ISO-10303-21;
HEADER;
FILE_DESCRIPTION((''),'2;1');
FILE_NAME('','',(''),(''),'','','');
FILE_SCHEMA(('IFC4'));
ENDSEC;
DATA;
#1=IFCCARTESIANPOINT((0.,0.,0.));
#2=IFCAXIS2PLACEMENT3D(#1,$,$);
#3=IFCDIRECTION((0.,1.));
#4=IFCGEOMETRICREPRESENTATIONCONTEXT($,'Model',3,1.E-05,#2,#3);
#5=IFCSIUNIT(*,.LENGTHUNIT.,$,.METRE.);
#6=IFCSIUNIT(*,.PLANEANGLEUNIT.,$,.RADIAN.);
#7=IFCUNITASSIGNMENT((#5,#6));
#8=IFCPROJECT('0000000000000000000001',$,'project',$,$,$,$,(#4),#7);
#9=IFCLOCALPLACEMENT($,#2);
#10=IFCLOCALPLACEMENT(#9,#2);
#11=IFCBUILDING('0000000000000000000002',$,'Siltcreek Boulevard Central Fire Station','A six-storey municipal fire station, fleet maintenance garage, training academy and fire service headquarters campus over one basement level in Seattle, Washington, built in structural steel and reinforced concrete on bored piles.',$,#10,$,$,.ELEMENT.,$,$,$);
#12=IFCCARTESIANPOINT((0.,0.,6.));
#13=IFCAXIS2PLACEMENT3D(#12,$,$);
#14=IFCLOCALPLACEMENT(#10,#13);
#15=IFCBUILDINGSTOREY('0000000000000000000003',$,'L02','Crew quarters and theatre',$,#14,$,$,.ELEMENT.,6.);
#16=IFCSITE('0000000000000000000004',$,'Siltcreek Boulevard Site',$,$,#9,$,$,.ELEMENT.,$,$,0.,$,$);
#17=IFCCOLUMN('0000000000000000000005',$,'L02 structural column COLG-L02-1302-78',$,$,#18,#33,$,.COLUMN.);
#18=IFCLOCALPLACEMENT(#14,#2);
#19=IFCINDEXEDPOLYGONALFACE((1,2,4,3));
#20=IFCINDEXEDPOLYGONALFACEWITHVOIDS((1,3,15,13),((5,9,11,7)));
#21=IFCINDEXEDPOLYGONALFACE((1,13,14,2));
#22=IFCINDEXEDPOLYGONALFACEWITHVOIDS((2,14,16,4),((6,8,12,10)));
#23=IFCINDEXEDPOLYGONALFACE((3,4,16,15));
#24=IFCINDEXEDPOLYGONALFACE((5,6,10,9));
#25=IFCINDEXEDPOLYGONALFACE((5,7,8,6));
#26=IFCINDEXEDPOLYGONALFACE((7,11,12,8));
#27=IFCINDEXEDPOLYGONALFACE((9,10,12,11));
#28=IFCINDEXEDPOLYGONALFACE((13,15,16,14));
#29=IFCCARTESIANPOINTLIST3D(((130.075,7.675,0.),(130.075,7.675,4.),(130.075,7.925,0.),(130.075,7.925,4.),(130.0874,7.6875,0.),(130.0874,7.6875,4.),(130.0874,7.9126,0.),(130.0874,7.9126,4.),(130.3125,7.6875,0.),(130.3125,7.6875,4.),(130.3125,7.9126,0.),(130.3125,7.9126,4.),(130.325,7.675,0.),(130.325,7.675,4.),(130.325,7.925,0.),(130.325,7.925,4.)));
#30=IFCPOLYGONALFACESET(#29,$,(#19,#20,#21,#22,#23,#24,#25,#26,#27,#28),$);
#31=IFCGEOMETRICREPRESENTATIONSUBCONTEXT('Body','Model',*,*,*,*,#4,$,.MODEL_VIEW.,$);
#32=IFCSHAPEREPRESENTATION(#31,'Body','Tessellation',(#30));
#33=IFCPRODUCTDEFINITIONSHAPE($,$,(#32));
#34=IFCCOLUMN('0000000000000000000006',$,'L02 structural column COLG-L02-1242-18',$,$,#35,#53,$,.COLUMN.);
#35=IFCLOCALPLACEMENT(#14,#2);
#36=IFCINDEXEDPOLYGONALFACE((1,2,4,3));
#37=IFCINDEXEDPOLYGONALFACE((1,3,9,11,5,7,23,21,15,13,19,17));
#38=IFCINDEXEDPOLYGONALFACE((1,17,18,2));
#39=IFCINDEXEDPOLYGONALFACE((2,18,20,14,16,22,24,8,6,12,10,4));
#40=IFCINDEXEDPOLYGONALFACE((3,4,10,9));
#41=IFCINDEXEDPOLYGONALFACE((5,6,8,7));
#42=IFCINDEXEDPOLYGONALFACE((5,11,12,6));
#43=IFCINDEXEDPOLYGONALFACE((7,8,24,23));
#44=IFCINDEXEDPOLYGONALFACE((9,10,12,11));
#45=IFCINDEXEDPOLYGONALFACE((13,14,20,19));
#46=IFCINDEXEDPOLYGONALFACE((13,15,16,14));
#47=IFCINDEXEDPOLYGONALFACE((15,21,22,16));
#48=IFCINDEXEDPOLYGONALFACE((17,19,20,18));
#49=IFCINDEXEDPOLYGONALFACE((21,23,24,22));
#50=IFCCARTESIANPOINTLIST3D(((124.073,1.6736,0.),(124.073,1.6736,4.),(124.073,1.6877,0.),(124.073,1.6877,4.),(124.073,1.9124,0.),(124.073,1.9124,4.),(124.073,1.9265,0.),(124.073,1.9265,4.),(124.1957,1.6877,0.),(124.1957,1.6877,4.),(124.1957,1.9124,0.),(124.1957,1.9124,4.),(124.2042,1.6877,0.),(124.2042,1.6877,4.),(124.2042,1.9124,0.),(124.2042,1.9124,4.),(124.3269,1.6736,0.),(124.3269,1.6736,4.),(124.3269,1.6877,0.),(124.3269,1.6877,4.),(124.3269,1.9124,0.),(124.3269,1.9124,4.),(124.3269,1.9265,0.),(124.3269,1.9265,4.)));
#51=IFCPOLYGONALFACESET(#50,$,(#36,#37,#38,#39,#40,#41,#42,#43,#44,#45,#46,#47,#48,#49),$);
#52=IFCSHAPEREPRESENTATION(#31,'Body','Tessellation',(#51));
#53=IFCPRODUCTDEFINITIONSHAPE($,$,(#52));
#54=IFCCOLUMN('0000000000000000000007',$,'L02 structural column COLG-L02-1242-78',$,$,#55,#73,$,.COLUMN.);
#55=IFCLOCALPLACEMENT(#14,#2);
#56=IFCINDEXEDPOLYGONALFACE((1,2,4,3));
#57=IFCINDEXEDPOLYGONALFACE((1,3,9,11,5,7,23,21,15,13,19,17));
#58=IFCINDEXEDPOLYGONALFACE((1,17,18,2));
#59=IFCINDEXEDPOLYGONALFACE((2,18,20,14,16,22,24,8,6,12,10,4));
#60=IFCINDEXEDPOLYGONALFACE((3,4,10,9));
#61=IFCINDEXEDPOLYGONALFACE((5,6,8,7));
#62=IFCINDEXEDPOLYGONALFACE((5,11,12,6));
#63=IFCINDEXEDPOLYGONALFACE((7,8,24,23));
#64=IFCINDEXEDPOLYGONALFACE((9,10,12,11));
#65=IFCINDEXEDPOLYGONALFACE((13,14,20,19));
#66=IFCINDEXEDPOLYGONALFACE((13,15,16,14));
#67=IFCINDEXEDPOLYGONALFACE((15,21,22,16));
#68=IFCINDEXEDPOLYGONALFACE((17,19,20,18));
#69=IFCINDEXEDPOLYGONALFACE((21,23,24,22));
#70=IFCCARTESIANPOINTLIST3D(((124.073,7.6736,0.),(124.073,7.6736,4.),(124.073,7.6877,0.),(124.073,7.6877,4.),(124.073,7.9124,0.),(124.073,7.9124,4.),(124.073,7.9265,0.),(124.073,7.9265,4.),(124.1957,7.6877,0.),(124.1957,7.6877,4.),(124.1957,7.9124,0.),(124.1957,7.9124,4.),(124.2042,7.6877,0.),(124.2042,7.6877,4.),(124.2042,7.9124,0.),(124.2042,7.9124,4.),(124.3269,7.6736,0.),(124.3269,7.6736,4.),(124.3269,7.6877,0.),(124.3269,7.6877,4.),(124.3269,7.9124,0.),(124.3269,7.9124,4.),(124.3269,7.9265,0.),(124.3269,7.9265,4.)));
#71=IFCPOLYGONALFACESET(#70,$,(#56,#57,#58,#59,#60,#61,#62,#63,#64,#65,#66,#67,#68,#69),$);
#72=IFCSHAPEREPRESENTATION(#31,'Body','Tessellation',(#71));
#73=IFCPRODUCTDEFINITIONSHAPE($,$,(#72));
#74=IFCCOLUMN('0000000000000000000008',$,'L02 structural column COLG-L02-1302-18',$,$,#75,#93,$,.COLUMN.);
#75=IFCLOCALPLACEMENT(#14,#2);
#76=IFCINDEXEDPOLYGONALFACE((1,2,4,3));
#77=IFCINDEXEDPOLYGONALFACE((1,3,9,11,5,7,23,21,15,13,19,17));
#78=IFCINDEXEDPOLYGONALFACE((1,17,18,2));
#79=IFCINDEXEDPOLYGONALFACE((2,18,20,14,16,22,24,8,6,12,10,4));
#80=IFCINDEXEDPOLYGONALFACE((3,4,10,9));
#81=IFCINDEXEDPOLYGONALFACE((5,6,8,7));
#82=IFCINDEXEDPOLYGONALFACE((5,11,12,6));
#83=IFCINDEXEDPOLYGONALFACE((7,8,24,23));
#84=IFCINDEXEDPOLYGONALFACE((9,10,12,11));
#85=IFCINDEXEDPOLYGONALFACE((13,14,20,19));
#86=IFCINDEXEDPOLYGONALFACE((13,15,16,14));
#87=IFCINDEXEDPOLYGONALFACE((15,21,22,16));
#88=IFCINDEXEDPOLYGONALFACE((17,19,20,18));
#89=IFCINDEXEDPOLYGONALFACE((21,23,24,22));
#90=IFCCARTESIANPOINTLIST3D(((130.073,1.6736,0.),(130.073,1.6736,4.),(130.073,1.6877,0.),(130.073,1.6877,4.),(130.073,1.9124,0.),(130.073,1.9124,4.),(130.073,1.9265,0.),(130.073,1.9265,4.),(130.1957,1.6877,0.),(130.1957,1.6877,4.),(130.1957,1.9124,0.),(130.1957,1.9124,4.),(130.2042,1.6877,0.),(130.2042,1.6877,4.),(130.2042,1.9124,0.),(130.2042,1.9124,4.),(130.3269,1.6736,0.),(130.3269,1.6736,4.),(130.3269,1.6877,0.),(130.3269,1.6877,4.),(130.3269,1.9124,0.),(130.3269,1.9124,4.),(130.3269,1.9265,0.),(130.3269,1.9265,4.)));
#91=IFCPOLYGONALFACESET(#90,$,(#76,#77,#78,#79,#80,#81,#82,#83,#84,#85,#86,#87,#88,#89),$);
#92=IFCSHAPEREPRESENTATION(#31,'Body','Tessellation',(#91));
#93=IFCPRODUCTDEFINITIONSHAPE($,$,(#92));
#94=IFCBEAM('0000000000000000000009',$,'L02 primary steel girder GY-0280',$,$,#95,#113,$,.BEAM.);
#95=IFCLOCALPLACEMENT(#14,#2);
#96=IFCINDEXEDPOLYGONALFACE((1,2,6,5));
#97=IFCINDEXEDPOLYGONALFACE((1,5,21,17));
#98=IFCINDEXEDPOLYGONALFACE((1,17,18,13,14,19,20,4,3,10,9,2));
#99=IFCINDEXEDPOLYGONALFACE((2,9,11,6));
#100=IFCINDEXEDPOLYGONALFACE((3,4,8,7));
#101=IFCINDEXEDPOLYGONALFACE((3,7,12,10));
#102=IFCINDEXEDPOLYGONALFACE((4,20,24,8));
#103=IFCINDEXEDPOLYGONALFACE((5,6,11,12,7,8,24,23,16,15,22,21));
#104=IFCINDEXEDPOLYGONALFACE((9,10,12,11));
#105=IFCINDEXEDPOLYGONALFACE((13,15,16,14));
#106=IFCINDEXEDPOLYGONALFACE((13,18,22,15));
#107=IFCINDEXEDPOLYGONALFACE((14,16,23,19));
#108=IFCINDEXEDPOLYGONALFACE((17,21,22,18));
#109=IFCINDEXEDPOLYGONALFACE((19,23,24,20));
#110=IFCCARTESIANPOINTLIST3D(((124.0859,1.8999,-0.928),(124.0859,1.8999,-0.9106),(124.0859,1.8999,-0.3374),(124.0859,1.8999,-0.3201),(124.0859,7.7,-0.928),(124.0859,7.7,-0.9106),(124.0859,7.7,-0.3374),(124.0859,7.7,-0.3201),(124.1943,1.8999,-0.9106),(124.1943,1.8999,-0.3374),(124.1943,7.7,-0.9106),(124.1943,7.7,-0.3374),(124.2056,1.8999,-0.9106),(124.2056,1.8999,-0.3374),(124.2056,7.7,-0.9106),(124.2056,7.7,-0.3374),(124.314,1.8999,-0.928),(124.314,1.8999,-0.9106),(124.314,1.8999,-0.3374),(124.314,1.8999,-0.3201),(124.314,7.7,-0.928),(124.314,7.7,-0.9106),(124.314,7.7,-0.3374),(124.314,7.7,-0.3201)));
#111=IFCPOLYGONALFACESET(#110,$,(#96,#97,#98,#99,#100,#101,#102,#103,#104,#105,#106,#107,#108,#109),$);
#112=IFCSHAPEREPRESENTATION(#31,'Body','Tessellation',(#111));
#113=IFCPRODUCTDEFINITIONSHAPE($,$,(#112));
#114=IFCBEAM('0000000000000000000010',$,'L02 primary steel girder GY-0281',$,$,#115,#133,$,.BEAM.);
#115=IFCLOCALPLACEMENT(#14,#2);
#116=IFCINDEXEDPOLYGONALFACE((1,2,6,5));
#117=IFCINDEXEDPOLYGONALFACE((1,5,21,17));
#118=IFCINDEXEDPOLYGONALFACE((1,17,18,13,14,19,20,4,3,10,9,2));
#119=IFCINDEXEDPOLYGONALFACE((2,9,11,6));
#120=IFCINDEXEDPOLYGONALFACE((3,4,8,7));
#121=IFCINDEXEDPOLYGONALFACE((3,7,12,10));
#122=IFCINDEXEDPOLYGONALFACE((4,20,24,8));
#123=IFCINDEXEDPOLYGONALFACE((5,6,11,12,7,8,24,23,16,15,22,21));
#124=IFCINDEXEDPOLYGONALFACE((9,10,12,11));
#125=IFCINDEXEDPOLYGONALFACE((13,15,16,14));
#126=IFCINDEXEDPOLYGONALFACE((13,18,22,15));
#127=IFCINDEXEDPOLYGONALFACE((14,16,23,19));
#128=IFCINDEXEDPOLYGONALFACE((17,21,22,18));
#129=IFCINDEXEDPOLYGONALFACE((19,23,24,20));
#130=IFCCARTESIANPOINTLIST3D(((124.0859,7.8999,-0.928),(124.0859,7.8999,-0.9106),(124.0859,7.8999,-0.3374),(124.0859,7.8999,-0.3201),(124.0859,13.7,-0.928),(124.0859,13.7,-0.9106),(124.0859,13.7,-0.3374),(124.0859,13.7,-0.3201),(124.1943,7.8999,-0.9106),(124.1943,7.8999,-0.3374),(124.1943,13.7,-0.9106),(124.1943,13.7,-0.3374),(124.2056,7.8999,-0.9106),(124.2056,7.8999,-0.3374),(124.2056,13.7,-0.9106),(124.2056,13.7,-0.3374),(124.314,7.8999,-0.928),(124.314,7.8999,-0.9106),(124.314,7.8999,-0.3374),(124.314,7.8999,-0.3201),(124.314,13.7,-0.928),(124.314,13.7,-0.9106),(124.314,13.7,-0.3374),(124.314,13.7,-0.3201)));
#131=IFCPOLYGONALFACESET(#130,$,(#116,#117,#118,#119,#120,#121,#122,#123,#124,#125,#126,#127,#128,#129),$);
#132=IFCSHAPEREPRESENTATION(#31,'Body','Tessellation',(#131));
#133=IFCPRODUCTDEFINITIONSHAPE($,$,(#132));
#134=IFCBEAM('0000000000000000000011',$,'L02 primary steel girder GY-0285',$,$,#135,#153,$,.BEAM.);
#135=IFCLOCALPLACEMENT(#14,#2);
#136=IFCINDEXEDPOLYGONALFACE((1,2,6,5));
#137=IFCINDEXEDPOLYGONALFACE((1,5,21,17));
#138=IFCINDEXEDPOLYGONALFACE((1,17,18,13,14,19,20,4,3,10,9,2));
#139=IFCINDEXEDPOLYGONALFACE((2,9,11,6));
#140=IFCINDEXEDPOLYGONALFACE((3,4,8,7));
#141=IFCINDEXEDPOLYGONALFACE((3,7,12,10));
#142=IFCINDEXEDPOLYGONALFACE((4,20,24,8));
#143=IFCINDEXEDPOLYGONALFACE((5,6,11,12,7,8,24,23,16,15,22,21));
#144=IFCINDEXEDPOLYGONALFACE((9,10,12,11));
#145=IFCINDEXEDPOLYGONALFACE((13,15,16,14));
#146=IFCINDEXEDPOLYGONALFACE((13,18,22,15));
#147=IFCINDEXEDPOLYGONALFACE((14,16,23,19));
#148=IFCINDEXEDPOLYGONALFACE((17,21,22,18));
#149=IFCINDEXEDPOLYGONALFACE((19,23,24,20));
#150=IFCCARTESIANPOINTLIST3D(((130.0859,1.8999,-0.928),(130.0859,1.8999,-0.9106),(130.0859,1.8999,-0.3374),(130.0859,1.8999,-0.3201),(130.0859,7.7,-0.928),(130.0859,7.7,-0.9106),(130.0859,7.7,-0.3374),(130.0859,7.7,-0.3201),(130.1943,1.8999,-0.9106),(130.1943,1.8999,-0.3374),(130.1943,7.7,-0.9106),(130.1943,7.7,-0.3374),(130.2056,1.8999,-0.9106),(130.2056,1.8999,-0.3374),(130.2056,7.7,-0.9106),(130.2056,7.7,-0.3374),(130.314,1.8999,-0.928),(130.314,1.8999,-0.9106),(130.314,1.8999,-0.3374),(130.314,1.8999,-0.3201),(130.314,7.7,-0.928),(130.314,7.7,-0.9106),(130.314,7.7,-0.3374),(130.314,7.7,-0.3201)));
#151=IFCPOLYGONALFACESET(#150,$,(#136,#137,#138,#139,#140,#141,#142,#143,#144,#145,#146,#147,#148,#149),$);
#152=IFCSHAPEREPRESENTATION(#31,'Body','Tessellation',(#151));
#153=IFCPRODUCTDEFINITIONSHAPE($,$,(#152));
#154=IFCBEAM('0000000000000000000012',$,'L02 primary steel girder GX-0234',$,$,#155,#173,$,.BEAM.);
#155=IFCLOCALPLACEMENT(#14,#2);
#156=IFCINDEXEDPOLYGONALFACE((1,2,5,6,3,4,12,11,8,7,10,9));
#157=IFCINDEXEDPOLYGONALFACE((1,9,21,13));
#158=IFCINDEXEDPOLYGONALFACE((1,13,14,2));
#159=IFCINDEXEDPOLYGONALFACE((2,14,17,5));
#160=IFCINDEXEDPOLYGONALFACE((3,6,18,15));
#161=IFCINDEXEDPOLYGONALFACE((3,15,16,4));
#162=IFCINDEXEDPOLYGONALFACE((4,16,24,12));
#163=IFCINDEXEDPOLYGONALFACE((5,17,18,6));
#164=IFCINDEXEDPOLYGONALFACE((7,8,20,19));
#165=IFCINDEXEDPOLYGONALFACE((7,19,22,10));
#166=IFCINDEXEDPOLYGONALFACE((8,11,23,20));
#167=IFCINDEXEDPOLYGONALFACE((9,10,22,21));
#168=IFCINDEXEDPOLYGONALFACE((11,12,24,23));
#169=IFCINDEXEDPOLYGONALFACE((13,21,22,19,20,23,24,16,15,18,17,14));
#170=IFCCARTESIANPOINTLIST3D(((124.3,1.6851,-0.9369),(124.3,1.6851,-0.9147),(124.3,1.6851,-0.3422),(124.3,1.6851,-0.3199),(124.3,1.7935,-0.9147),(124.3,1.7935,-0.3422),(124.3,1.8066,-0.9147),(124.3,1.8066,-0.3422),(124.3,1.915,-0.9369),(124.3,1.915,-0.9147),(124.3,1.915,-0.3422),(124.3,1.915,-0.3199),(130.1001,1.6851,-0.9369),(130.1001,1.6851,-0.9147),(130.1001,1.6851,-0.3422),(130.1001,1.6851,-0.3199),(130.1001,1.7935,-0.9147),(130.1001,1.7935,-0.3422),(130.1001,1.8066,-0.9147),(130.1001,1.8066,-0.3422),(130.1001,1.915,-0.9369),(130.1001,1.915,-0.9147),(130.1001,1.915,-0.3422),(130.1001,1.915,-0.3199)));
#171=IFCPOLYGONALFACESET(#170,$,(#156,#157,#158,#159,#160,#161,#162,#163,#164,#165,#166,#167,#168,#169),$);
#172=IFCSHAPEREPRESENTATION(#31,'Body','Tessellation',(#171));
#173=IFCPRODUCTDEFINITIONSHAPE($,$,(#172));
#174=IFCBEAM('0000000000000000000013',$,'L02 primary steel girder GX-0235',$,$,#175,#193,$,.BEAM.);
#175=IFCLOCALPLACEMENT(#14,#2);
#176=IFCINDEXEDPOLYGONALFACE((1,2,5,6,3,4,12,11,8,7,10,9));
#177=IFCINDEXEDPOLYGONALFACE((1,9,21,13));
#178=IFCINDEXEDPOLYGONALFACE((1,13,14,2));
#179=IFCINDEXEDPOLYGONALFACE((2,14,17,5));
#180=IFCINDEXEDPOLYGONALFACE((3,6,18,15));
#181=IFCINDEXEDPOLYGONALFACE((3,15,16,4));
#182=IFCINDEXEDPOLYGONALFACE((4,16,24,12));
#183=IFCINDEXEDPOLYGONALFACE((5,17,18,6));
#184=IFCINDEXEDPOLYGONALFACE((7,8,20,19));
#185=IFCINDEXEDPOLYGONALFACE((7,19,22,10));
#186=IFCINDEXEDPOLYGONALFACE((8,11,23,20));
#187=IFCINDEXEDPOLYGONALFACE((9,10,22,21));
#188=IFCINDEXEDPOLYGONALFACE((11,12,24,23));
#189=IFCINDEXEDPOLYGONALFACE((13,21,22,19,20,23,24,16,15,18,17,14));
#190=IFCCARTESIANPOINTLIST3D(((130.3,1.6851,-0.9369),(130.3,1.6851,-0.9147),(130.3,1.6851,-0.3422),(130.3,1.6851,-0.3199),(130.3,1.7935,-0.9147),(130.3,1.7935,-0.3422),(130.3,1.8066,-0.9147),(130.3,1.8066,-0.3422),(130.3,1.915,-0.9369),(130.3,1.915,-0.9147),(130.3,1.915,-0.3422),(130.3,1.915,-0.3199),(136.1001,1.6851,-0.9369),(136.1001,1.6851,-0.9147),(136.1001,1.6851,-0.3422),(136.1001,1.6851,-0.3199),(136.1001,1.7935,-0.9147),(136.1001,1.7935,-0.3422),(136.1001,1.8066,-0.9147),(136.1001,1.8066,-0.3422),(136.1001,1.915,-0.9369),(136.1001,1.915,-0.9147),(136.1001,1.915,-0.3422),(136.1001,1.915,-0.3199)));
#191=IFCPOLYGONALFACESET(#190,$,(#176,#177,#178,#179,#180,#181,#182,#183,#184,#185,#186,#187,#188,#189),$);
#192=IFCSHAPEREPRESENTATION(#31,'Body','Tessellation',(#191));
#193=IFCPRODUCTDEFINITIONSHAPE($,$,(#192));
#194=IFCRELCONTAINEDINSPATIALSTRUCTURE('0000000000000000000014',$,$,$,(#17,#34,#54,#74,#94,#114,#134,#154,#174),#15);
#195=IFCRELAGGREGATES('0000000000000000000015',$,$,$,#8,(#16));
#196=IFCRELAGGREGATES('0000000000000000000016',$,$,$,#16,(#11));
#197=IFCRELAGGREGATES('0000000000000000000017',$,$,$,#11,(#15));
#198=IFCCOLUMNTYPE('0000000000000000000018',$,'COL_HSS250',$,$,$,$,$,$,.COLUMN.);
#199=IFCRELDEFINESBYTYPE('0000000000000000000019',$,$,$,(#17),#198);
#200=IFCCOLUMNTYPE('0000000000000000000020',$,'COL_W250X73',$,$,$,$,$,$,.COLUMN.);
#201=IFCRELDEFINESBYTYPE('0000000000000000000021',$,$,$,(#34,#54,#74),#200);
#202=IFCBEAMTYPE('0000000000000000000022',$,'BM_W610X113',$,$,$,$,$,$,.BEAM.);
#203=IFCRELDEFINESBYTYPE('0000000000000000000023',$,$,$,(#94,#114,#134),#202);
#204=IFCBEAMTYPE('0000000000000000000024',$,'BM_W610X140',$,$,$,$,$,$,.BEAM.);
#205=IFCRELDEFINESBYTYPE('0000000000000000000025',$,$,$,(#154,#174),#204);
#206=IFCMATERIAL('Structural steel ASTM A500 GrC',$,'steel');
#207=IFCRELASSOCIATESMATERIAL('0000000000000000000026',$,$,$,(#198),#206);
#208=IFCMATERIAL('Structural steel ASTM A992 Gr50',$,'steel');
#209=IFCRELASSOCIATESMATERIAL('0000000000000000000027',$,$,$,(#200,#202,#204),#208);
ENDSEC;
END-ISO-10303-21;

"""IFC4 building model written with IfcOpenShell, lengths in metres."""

from ifc_helpers import new_model, si_unit, direction, frame, origin, origin_2d, place, context, subcontext, project, spatial, hollow_rectangle, i_section, extrude, material, material_profile, profile_set, type_object, element, save


model = new_model("IFC4")

# Units and contexts
model_context = context("Model", 3, precision=1e-05, world=origin(), true_north=direction((0.0, 1.0)))
body_context = subcontext(model_context, "Body", "Model", "MODEL_VIEW")
ifc_project = project(units=[si_unit("LENGTHUNIT", "METRE"), si_unit("PLANEANGLEUNIT", "RADIAN")], contexts=[model_context])

# Site, building, storey
site_placement = place(None, origin())
site = spatial("IfcSite", under=ifc_project, at=site_placement, Name="Siltcreek Boulevard Site", CompositionType="ELEMENT", RefElevation=0.0)
building_placement = place(site_placement, origin())
building = spatial("IfcBuilding", under=site, at=building_placement, Name="Siltcreek Boulevard Central Fire Station", Description="A six-storey municipal fire station, fleet maintenance garage, training academy and fire service headquarters campus over one basement level in Seattle, Washington, built in structural steel and reinforced concrete on bored piles.", CompositionType="ELEMENT")
storey_placement = place(building_placement, frame((0.0, 0.0, 6.0)))
storey = spatial("IfcBuildingStorey", under=building, at=storey_placement, Name="L02", Description="Crew quarters and theatre", CompositionType="ELEMENT", Elevation=6.0)

# Columns
ifc_material_1 = material(Name="Structural steel ASTM A500 GrC", Category="steel")
ifc_material_profile_1 = material_profile(ifc_material_1, hollow_rectangle(XDim=0.25, YDim=0.25, WallThickness=0.0125, at=origin_2d()), Name="HSS250X250X12.5")
ifc_profile_set_1 = profile_set([ifc_material_profile_1], Name="Structural steel ASTM A500 GrC")
column_type_1 = type_object("IfcColumnType", Name="COL_HSS250", PredefinedType="COLUMN", material=ifc_profile_set_1)
column_placement = place(storey_placement, frame((130.2, 7.8, 0.0), z_axis=(0.0, 0.0, 1.0), x_axis=(1.0, 0.0, 0.0)))
element("IfcColumn", 1, at=column_placement, inside=storey, type_object=column_type_1, Name="L02 structural column COLG-L02-1302-78", PredefinedType="COLUMN", context=body_context, shape_type="SweptSolid", body=[
    extrude(hollow_rectangle(XDim=0.25, YDim=0.25, WallThickness=0.0125, at=origin_2d()), origin(), (0.0, 0.0, 1.0), 4.0),
])
ifc_material_2 = material(Name="Structural steel ASTM A992 Gr50", Category="steel")
ifc_material_profile_2 = material_profile(ifc_material_2, i_section(OverallWidth=0.2539, OverallDepth=0.2529, WebThickness=0.0085, FlangeThickness=0.0142, at=origin_2d()), Name="W250X73")
ifc_profile_set_2 = profile_set([ifc_material_profile_2], Name="Structural steel ASTM A992 Gr50")
column_type_2 = type_object("IfcColumnType", Name="COL_W250X73", PredefinedType="COLUMN", material=ifc_profile_set_2)
for number, where, z_axis, x_axis, name in (
    (2, (124.2, 1.8, 0.0), (0.0, 0.0, 1.0), (1.0, 0.0, 0.0), "L02 structural column COLG-L02-1242-18"),
    (3, (124.2, 7.8, 0.0), (0.0, 0.0, 1.0), (1.0, 0.0, 0.0), "L02 structural column COLG-L02-1242-78"),
    (4, (130.2, 1.8, 0.0), (0.0, 0.0, 1.0), (1.0, 0.0, 0.0), "L02 structural column COLG-L02-1302-18"),
):
    element("IfcColumn", number, at=place(storey_placement, frame(where, z_axis=z_axis, x_axis=x_axis)), inside=storey, type_object=column_type_2, Name=name, PredefinedType="COLUMN", context=body_context, shape_type="SweptSolid", body=[
        extrude(i_section(OverallWidth=0.2539, OverallDepth=0.2529, WebThickness=0.0085, FlangeThickness=0.0142, at=origin_2d()), origin(), (0.0, 0.0, 1.0), 4.0),
    ])

# Beams
ifc_material_profile_3 = material_profile(ifc_material_2, i_section(OverallWidth=0.228, OverallDepth=0.6079, WebThickness=0.0112, FlangeThickness=0.0173, at=origin_2d()), Name="W610X113")
ifc_profile_set_3 = profile_set([ifc_material_profile_3], Name="Structural steel ASTM A992 Gr50")
beam_type_1 = type_object("IfcBeamType", Name="BM_W610X113", PredefinedType="BEAM", material=ifc_profile_set_3)
for number, where, z_axis, x_axis, name in (
    (5, (124.2, 1.8999, -0.624), (0.0, 1.0, 0.0), (-1.0, 0.0, 0.0), "L02 primary steel girder GY-0280"),
    (6, (124.2, 7.8999, -0.624), (0.0, 1.0, 0.0), (-1.0, 0.0, 0.0), "L02 primary steel girder GY-0281"),
    (7, (130.2, 1.8999, -0.624), (0.0, 1.0, 0.0), (-1.0, 0.0, 0.0), "L02 primary steel girder GY-0285"),
):
    element("IfcBeam", number, at=place(storey_placement, frame(where, z_axis=z_axis, x_axis=x_axis)), inside=storey, type_object=beam_type_1, Name=name, PredefinedType="BEAM", context=body_context, shape_type="SweptSolid", body=[
        extrude(i_section(OverallWidth=0.228, OverallDepth=0.6079, WebThickness=0.0112, FlangeThickness=0.0173, at=origin_2d()), origin(), (0.0, 0.0, 1.0), 5.8),
    ])
ifc_material_profile_4 = material_profile(ifc_material_2, i_section(OverallWidth=0.23, OverallDepth=0.6169, WebThickness=0.0132, FlangeThickness=0.0222, at=origin_2d()), Name="W610X140")
ifc_profile_set_4 = profile_set([ifc_material_profile_4], Name="Structural steel ASTM A992 Gr50")
beam_type_2 = type_object("IfcBeamType", Name="BM_W610X140", PredefinedType="BEAM", material=ifc_profile_set_4)
for number, where, z_axis, x_axis, name in (
    (8, (124.3, 1.8, -0.6284), (1.0, 0.0, 0.0), (0.0, 1.0, 0.0), "L02 primary steel girder GX-0234"),
    (9, (130.3, 1.8, -0.6284), (1.0, 0.0, 0.0), (0.0, 1.0, 0.0), "L02 primary steel girder GX-0235"),
):
    element("IfcBeam", number, at=place(storey_placement, frame(where, z_axis=z_axis, x_axis=x_axis)), inside=storey, type_object=beam_type_2, Name=name, PredefinedType="BEAM", context=body_context, shape_type="SweptSolid", body=[
        extrude(i_section(OverallWidth=0.23, OverallDepth=0.6169, WebThickness=0.0132, FlangeThickness=0.0222, at=origin_2d()), origin(), (0.0, 0.0, 1.0), 5.8),
    ])

save(model, "model.ifc")
